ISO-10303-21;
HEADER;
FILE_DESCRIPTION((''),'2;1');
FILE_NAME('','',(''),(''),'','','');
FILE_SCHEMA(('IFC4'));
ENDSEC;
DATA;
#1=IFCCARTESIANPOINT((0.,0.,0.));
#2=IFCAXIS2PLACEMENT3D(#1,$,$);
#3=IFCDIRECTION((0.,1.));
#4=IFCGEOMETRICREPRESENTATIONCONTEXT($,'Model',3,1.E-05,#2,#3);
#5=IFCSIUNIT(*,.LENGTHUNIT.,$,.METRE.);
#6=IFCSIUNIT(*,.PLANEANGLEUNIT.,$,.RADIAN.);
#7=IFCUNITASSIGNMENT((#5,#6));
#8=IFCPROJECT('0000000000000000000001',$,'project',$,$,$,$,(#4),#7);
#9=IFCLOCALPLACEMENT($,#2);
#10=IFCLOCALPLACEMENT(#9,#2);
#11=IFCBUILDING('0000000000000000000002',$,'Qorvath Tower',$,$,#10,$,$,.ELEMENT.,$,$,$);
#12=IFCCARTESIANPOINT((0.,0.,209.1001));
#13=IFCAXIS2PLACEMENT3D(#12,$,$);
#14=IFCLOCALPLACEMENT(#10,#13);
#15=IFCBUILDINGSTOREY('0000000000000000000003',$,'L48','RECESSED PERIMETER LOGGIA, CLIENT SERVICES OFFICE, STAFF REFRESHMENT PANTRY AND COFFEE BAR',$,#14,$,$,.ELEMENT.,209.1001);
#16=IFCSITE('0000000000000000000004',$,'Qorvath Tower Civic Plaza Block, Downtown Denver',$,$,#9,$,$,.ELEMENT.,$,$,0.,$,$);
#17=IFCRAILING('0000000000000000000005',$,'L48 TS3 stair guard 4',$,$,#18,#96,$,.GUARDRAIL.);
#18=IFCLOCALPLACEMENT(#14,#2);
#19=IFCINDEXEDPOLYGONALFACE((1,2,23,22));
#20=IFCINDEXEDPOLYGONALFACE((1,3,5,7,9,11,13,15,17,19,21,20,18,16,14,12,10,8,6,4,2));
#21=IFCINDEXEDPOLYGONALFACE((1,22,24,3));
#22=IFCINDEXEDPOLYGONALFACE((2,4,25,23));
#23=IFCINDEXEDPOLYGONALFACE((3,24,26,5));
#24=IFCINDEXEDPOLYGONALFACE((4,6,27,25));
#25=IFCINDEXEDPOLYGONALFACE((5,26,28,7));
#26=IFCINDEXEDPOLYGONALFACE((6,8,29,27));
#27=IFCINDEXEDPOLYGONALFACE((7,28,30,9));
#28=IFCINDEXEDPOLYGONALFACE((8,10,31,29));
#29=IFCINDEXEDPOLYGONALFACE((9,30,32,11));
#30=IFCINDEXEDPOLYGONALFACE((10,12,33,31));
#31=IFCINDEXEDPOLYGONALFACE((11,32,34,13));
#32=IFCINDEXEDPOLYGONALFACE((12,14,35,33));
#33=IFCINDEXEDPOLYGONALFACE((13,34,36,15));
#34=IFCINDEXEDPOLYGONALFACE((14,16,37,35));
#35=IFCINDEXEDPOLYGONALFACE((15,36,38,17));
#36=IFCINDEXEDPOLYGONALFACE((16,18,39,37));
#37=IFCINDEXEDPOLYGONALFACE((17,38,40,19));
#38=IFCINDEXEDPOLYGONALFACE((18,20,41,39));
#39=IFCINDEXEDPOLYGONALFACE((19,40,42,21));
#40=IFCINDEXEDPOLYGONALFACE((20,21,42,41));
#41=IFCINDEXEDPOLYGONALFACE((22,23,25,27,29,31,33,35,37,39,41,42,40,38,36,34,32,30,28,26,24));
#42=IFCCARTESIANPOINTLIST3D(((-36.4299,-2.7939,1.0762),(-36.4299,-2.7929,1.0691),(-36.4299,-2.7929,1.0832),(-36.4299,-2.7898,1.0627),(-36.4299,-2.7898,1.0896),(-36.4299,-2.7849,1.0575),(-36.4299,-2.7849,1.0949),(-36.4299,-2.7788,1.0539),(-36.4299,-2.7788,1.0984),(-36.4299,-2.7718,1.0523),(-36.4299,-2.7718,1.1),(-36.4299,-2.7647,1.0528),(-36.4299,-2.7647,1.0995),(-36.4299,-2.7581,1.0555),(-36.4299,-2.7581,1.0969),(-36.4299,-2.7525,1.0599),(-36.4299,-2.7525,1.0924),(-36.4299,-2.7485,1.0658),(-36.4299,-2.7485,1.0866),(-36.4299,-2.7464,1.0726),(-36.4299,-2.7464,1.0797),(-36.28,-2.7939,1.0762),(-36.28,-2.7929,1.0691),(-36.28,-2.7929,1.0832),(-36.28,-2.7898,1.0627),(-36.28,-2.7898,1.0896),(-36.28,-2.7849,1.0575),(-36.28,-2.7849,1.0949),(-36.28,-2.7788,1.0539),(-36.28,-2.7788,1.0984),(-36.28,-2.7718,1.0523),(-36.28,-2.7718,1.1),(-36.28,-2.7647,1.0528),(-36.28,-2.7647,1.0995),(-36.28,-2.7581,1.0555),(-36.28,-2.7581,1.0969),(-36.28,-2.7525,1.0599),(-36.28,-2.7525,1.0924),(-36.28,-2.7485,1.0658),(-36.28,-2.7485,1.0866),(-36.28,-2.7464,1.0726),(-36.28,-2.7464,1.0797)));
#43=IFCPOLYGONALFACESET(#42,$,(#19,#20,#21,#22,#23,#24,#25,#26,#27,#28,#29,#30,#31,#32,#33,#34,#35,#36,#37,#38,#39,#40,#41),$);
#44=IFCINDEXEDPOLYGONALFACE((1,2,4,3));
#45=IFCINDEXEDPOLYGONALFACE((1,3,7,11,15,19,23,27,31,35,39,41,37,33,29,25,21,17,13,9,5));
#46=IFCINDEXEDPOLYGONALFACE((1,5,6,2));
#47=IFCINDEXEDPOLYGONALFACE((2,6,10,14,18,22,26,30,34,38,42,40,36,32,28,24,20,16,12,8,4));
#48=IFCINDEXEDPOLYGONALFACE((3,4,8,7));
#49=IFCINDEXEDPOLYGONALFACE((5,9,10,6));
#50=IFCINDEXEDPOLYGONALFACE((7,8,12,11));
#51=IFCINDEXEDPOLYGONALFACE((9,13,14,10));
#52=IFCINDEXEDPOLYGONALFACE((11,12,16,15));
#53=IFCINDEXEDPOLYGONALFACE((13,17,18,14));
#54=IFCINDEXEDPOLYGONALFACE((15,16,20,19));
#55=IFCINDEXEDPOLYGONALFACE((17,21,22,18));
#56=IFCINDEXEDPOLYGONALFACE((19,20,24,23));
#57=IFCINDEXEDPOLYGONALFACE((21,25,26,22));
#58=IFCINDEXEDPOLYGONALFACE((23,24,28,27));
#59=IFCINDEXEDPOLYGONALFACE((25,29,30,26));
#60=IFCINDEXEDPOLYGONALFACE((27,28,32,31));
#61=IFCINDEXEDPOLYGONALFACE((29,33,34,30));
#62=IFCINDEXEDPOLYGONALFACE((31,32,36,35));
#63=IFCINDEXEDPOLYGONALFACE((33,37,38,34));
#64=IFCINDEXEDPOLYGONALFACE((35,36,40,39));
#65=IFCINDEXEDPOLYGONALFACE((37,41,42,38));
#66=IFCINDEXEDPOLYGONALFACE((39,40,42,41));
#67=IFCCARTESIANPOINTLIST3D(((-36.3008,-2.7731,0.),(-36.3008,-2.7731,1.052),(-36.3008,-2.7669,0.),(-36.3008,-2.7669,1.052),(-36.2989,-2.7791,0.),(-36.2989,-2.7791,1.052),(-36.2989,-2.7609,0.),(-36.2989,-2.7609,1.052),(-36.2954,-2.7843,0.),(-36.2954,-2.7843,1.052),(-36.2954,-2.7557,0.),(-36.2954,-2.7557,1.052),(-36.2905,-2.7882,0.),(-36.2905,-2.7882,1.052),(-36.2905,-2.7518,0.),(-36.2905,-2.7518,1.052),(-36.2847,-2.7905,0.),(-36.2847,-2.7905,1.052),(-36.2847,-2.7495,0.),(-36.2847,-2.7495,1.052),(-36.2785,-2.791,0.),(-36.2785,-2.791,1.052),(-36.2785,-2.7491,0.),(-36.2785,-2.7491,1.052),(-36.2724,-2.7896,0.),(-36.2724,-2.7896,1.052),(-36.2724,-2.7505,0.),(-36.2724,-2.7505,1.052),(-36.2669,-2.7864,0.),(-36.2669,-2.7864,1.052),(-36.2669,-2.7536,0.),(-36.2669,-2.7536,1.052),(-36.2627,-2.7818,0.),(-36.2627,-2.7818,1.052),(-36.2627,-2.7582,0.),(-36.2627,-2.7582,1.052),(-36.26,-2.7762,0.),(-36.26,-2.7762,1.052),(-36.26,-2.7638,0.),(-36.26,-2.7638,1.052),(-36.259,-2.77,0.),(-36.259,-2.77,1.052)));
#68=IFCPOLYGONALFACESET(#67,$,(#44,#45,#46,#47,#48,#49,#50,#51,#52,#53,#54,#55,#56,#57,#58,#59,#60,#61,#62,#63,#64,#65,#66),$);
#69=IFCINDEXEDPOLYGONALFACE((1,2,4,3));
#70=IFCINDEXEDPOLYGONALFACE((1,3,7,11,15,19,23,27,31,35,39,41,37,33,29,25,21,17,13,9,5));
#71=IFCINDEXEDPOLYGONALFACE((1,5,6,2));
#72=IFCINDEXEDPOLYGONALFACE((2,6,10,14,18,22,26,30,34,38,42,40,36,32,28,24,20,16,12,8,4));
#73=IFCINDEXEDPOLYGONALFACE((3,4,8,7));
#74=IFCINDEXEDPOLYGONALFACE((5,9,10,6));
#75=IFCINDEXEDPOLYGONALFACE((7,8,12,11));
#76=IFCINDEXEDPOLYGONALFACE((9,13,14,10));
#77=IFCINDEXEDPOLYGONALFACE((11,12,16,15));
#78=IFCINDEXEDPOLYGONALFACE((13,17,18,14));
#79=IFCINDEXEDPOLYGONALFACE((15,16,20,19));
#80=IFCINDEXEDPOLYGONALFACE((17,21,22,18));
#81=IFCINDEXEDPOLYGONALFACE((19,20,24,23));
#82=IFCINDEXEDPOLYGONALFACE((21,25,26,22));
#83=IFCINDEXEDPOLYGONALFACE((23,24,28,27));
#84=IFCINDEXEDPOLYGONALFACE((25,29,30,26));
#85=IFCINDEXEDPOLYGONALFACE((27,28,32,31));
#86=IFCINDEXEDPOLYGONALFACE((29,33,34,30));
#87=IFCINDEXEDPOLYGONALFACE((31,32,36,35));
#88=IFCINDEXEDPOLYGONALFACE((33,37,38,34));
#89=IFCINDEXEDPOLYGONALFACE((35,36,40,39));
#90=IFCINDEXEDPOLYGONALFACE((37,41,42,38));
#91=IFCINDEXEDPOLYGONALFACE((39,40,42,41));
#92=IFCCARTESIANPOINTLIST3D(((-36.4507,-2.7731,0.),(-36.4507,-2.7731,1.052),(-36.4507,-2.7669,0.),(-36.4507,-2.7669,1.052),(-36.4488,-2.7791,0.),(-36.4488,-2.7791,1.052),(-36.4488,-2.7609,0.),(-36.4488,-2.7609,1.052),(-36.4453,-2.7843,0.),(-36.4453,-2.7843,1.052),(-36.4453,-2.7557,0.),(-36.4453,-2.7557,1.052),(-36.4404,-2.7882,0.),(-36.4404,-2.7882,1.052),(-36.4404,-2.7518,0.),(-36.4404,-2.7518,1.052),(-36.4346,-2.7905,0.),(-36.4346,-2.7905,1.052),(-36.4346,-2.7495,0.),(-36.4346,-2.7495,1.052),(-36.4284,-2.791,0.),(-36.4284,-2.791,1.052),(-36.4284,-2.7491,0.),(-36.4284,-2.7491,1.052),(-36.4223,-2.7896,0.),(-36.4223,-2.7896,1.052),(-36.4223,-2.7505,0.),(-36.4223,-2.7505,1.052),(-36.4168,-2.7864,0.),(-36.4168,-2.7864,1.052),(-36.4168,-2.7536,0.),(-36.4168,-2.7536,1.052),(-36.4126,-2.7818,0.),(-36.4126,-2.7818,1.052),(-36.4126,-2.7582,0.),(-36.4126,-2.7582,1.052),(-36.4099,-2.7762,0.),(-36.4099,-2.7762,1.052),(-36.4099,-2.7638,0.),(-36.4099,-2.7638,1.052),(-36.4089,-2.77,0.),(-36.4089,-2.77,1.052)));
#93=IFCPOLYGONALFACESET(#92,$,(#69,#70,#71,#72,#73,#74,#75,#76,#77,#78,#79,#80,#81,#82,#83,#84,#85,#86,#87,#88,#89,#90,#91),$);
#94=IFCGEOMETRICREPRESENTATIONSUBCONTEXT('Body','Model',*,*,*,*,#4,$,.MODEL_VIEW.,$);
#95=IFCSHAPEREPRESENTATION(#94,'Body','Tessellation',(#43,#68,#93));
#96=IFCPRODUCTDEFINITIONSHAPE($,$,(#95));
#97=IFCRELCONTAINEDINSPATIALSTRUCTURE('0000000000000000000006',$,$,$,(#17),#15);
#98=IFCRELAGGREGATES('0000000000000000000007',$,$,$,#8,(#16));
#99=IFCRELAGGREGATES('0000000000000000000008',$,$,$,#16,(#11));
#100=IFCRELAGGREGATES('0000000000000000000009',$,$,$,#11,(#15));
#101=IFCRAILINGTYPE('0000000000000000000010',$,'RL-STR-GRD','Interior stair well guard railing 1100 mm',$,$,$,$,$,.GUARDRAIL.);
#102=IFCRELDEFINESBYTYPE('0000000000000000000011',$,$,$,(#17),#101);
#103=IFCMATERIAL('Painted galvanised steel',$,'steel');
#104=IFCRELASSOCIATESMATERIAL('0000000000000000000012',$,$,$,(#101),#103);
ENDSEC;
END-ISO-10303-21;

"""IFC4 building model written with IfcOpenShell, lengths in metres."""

from ifc_helpers import new_model, si_unit, direction, frame, origin, origin_2d, place, context, subcontext, project, spatial, circle, extrude, material, type_object, element, save


model = new_model("IFC4")

# Units and contexts
model_context = context("Model", 3, precision=1e-05, world=origin(), true_north=direction((0.0, 1.0)))
body_context = subcontext(model_context, "Body", "Model", "MODEL_VIEW")
ifc_project = project(units=[si_unit("LENGTHUNIT", "METRE"), si_unit("PLANEANGLEUNIT", "RADIAN")], contexts=[model_context])

# Site, building, storey
site_placement = place(None, origin())
site = spatial("IfcSite", under=ifc_project, at=site_placement, Name="Qorvath Tower Civic Plaza Block, Downtown Denver", CompositionType="ELEMENT", RefElevation=0.0)
building_placement = place(site_placement, origin())
building = spatial("IfcBuilding", under=site, at=building_placement, Name="Qorvath Tower", CompositionType="ELEMENT")
storey_placement = place(building_placement, frame((0.0, 0.0, 209.1001)))
storey = spatial("IfcBuildingStorey", under=building, at=storey_placement, Name="L48", Description="RECESSED PERIMETER LOGGIA, CLIENT SERVICES OFFICE, STAFF REFRESHMENT PANTRY AND COFFEE BAR", CompositionType="ELEMENT", Elevation=209.1001)

# Railing
ifc_material_1 = material(Name="Painted galvanised steel", Category="steel")
railing_type_1 = type_object("IfcRailingType", Name="RL-STR-GRD", Description="Interior stair well guard railing 1100 mm", PredefinedType="GUARDRAIL", material=ifc_material_1)
railing_1_placement = place(storey_placement, frame((-36.28, -2.77, 0.0)))
element("IfcRailing", 1, at=railing_1_placement, inside=storey, type_object=railing_type_1, Name="L48 TS3 stair guard 4", PredefinedType="GUARDRAIL", context=body_context, shape_type="SweptSolid", body=[
    extrude(circle(Radius=0.0239, at=origin_2d()), frame((0.0, 0.0, 1.0762), z_axis=(-1.0, 0.0, 0.0), x_axis=(0.0, -1.0, 0.0)), (0.0, 0.0, 1.0), 0.1499),
    extrude(circle(Radius=0.021, at=origin_2d()), origin(), (0.0, 0.0, 1.0), 1.052),
    extrude(circle(Radius=0.021, at=origin_2d()), frame((-0.1499, 0.0, 0.0)), (0.0, 0.0, 1.0), 1.052),
])

save(model, "model.ifc")
